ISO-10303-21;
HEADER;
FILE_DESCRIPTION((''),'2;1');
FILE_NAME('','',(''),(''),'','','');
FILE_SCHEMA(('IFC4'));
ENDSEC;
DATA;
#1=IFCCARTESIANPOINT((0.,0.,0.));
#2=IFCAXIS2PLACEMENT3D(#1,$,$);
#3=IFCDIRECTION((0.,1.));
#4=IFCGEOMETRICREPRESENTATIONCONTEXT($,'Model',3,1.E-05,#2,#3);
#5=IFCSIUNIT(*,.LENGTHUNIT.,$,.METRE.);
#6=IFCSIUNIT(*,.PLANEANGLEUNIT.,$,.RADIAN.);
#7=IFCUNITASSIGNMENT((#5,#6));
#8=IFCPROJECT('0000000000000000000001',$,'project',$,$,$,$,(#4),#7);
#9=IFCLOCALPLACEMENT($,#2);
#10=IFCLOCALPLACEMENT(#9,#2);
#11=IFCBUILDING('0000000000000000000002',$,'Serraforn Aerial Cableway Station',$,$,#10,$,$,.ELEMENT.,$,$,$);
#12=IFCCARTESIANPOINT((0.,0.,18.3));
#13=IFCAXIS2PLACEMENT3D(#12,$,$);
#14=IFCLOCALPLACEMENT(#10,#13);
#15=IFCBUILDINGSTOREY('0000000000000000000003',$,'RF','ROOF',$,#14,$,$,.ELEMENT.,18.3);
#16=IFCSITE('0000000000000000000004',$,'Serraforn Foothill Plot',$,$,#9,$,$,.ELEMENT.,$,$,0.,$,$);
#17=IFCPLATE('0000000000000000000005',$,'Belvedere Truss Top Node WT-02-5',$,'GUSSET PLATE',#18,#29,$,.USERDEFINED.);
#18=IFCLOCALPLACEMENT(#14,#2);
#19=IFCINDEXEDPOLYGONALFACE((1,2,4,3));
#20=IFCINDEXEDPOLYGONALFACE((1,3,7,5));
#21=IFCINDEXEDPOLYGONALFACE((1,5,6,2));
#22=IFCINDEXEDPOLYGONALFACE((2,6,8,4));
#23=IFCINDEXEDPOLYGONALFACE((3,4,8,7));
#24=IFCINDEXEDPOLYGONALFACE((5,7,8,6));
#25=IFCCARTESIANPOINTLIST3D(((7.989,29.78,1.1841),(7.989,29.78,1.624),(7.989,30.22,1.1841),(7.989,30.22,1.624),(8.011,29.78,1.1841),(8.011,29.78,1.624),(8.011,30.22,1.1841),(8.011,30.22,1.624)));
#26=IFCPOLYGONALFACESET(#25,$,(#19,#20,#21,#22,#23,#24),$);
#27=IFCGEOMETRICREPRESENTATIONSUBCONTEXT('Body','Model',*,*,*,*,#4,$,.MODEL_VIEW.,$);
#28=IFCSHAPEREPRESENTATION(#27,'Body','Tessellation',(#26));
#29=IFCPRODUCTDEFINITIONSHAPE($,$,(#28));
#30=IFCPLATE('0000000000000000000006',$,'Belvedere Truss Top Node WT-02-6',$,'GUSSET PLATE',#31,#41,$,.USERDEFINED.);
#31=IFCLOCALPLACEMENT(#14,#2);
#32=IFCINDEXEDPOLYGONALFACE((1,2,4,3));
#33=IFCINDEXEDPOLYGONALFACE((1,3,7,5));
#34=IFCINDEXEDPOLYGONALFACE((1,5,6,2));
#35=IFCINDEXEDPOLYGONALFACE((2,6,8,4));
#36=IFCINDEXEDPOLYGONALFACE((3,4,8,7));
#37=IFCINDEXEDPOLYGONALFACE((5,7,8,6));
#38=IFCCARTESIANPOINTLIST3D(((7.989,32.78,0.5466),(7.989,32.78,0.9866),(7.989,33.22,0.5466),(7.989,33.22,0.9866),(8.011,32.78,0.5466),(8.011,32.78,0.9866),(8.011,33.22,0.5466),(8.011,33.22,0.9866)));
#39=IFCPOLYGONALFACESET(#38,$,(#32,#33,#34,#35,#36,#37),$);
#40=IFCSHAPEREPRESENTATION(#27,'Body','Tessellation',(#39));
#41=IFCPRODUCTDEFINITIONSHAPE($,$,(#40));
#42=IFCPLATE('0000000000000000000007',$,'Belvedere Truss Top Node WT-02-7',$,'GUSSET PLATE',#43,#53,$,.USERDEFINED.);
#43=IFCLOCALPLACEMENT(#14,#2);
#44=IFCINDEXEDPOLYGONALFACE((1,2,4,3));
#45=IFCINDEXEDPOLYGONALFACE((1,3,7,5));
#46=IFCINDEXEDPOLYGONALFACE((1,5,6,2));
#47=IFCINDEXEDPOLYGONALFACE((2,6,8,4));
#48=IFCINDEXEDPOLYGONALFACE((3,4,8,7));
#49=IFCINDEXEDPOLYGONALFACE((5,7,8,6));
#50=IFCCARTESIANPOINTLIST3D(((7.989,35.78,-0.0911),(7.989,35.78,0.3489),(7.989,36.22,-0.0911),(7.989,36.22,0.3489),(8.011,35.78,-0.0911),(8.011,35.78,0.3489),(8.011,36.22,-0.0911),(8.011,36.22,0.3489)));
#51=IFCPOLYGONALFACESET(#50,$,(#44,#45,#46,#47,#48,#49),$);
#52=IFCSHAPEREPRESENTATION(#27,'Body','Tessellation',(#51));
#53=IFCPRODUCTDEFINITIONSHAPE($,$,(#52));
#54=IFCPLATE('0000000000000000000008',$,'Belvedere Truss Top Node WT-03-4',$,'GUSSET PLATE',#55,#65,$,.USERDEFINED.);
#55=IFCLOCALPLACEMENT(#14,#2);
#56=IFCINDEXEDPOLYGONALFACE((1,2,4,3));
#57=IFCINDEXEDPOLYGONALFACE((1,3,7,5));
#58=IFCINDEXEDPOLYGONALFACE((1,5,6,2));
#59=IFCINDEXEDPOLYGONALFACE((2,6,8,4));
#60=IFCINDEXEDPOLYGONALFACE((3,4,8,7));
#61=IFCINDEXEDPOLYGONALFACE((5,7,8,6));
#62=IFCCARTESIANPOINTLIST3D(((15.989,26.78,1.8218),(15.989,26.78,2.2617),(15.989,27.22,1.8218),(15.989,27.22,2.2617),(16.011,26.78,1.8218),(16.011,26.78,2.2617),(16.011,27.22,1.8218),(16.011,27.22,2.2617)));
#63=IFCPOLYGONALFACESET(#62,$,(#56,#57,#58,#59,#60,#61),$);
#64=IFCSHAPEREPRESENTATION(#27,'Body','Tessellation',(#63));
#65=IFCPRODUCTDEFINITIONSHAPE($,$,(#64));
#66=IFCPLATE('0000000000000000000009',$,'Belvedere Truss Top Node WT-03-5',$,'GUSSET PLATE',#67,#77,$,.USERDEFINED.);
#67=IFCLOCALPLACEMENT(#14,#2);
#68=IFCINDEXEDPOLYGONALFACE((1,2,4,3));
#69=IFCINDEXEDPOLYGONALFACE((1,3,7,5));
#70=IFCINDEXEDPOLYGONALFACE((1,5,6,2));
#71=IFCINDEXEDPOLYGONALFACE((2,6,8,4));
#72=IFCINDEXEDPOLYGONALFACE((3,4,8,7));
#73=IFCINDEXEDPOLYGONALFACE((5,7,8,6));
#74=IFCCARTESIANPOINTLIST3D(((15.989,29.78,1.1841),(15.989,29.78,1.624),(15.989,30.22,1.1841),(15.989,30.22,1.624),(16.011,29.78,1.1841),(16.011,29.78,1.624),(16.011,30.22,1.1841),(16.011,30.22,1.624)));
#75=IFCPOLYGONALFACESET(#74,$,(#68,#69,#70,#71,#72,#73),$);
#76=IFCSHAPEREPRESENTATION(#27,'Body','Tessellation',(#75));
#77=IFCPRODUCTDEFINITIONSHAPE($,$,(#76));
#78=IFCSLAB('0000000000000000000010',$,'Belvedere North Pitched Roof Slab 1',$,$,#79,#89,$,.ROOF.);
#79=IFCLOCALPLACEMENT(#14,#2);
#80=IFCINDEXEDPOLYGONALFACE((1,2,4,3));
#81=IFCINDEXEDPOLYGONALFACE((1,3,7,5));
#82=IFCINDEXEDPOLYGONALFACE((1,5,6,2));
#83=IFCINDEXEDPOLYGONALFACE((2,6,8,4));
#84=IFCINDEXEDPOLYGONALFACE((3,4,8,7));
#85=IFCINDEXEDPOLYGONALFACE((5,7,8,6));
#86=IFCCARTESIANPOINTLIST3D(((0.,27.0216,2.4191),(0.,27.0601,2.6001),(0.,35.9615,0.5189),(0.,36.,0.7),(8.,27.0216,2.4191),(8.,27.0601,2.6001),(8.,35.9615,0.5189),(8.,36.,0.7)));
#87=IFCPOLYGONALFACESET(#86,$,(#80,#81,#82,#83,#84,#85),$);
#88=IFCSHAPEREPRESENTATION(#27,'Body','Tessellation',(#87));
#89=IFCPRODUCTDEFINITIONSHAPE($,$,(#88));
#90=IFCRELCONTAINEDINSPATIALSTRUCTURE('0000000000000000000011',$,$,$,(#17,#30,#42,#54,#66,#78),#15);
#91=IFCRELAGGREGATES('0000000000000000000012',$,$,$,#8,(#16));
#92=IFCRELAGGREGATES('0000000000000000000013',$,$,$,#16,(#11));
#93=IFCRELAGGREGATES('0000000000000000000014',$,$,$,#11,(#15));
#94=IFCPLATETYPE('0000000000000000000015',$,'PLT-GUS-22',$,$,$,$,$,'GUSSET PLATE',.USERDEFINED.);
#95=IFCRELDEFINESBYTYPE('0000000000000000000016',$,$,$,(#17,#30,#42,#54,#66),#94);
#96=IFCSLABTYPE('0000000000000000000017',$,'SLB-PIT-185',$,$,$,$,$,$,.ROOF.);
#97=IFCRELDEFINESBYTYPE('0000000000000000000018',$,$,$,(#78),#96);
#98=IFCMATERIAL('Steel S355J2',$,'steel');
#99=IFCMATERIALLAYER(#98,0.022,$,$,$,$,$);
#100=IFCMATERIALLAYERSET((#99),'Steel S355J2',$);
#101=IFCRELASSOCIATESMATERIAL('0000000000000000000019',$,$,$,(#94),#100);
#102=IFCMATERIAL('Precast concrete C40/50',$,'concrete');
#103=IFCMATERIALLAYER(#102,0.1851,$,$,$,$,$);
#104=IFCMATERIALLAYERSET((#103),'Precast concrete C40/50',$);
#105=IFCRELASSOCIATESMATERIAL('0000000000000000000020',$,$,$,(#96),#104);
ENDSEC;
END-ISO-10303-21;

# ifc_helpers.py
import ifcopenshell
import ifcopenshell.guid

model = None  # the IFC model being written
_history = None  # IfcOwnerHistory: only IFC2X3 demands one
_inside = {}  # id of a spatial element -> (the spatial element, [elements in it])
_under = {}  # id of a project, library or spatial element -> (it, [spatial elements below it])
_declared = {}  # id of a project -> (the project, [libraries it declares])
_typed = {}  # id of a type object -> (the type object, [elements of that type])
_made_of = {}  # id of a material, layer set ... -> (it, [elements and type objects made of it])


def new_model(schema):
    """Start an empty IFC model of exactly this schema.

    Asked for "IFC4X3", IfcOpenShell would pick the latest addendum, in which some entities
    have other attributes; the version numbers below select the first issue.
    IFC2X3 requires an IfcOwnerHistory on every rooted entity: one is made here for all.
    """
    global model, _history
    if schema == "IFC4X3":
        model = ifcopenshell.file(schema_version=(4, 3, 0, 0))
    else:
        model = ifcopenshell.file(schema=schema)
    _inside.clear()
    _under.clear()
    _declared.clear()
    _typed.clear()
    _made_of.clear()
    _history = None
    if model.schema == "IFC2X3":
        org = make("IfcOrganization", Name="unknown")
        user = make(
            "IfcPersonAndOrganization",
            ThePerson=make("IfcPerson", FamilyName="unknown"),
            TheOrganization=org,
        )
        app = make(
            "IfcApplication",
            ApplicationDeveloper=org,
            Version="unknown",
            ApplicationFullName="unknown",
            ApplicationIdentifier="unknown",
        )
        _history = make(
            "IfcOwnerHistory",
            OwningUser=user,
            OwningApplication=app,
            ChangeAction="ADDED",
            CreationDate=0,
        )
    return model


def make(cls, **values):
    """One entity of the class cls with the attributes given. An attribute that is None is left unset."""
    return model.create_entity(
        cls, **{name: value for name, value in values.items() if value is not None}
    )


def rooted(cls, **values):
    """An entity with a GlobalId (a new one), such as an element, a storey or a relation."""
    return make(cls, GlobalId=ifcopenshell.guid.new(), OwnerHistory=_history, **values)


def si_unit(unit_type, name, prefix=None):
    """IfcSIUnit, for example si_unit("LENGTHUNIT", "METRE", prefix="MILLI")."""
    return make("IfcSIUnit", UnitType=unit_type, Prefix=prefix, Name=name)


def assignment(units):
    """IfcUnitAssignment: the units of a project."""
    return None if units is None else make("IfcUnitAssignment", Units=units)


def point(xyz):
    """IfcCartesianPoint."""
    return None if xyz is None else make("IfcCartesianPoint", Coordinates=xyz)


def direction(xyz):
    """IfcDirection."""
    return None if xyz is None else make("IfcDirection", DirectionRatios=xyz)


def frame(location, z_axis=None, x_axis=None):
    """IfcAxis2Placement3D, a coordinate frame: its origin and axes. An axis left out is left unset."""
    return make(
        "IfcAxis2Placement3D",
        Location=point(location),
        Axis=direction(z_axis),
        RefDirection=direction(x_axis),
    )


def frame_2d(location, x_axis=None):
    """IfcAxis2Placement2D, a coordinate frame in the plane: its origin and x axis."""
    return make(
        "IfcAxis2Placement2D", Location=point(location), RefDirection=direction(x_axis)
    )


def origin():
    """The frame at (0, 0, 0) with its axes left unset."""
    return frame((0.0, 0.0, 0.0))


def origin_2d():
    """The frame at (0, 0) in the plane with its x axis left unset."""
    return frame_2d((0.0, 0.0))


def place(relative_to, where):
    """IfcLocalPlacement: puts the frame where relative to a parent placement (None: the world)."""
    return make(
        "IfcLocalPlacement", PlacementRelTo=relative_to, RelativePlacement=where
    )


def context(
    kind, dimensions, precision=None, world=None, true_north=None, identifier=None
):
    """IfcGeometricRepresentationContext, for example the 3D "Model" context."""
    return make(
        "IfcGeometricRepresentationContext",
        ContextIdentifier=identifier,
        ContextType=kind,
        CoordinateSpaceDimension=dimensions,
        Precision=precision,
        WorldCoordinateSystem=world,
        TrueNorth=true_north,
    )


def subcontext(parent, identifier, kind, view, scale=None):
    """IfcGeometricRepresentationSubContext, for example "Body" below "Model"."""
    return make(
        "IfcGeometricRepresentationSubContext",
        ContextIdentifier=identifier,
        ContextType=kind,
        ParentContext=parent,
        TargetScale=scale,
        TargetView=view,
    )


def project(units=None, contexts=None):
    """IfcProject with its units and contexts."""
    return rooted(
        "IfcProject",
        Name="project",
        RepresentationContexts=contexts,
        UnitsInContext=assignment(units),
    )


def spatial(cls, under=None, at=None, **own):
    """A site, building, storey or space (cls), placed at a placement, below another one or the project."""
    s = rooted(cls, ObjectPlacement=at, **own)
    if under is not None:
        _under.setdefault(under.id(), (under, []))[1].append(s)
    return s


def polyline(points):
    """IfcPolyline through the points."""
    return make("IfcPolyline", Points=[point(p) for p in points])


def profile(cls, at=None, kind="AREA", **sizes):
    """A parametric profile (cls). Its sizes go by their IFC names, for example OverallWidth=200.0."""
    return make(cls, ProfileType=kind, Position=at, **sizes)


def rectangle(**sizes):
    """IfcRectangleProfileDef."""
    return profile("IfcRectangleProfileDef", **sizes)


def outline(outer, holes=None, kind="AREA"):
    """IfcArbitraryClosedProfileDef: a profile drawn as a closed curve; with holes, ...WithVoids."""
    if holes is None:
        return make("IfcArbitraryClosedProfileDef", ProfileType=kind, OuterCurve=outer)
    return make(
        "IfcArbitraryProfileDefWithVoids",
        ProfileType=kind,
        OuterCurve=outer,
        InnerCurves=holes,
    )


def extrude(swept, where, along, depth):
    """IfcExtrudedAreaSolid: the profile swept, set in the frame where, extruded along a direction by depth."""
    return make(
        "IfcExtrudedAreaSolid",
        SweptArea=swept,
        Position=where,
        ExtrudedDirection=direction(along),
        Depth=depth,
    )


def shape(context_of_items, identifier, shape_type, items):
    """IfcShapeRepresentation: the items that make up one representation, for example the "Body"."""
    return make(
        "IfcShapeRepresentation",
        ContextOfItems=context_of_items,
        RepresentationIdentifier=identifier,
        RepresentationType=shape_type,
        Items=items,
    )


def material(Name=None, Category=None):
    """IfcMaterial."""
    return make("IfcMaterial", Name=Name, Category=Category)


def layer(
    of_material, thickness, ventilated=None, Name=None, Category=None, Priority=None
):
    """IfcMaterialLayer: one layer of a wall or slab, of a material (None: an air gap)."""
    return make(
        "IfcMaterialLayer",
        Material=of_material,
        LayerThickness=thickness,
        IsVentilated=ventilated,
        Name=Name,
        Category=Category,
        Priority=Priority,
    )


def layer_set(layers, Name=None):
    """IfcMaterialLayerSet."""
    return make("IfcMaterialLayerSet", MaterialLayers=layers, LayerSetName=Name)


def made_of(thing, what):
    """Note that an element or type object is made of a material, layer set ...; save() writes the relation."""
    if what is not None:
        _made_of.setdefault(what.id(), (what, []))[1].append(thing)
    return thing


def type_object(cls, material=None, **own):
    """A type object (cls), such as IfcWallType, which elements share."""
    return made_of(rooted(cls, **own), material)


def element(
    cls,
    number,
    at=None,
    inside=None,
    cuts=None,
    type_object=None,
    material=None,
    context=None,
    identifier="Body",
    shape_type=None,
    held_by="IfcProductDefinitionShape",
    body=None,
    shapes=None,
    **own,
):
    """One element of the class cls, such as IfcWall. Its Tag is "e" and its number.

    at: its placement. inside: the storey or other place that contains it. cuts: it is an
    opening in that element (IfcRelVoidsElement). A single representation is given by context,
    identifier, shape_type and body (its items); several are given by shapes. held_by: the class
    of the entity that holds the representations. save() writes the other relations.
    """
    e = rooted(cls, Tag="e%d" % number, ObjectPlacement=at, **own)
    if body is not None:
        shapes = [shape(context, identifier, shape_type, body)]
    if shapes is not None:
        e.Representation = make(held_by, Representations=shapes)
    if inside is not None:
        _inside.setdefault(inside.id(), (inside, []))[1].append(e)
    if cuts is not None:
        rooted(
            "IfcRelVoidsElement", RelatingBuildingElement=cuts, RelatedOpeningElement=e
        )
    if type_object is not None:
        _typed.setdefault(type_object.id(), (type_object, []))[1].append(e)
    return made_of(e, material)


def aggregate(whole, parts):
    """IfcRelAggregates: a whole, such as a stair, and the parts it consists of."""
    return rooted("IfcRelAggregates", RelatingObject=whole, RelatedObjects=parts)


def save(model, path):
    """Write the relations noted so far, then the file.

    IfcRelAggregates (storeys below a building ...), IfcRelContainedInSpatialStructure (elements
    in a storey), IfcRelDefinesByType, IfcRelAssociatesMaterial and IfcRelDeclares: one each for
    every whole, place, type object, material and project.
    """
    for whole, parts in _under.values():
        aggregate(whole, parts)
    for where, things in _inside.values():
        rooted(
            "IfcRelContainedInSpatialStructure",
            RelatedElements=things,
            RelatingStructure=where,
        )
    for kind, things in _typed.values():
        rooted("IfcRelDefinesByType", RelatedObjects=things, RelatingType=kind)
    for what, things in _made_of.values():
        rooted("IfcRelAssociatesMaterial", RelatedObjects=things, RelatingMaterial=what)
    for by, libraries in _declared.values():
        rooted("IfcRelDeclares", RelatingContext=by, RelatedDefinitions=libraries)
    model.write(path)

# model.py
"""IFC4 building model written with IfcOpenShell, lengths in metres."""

from ifc_helpers import new_model, si_unit, direction, frame, origin, origin_2d, place, context, subcontext, project, spatial, polyline, rectangle, outline, extrude, material, layer, layer_set, type_object, element, save


model = new_model("IFC4")

# Units and contexts
model_context = context("Model", 3, precision=1e-05, world=origin(), true_north=direction((0.0, 1.0)))
body_context = subcontext(model_context, "Body", "Model", "MODEL_VIEW")
ifc_project = project(units=[si_unit("LENGTHUNIT", "METRE"), si_unit("PLANEANGLEUNIT", "RADIAN")], contexts=[model_context])

# Site, building, storey
site_placement = place(None, origin())
site = spatial("IfcSite", under=ifc_project, at=site_placement, Name="Serraforn Foothill Plot", CompositionType="ELEMENT", RefElevation=0.0)
building_placement = place(site_placement, origin())
building = spatial("IfcBuilding", under=site, at=building_placement, Name="Serraforn Aerial Cableway Station", CompositionType="ELEMENT")
storey_placement = place(building_placement, frame((0.0, 0.0, 18.3)))
storey = spatial("IfcBuildingStorey", under=building, at=storey_placement, Name="RF", Description="ROOF", CompositionType="ELEMENT", Elevation=18.3)

# Shared definitions
ifc_material_1 = material(Name="Steel S355J2", Category="steel")

# Plates
ifc_layer_1 = layer(ifc_material_1, 0.022)
ifc_layer_set_1 = layer_set([ifc_layer_1], Name="Steel S355J2")
plate_type_1 = type_object("IfcPlateType", Name="PLT-GUS-22", ElementType="GUSSET PLATE", PredefinedType="USERDEFINED", material=ifc_layer_set_1)
for number, where, z_axis, x_axis, name in (
    (1, (8.0, 30.0, 1.1841), (0.0, 0.0, 1.0), (1.0, 0.0, 0.0), "Belvedere Truss Top Node WT-02-5"),
    (2, (8.0, 33.0, 0.5466), (0.0, 0.0, 1.0), (1.0, 0.0, 0.0), "Belvedere Truss Top Node WT-02-6"),
    (3, (8.0, 36.0, -0.0911), (0.0, 0.0, 1.0), (1.0, 0.0, 0.0), "Belvedere Truss Top Node WT-02-7"),
    (4, (16.0, 27.0, 1.8218), (0.0, 0.0, 1.0), (1.0, 0.0, 0.0), "Belvedere Truss Top Node WT-03-4"),
    (5, (16.0, 30.0, 1.1841), (0.0, 0.0, 1.0), (1.0, 0.0, 0.0), "Belvedere Truss Top Node WT-03-5"),
):
    element("IfcPlate", number, at=place(storey_placement, frame(where, z_axis=z_axis, x_axis=x_axis)), inside=storey, type_object=plate_type_1, Name=name, ObjectType="GUSSET PLATE", PredefinedType="USERDEFINED", context=body_context, shape_type="SweptSolid", body=[
        extrude(rectangle(XDim=0.022, YDim=0.4399, at=origin_2d()), origin(), (0.0, 0.0, 1.0), 0.4399),
    ])

# Slab
ifc_material_2 = material(Name="Precast concrete C40/50", Category="concrete")
ifc_layer_2 = layer(ifc_material_2, 0.1851)
ifc_layer_set_2 = layer_set([ifc_layer_2], Name="Precast concrete C40/50")
slab_type = type_object("IfcSlabType", Name="SLB-PIT-185", PredefinedType="ROOF", material=ifc_layer_set_2)
slab_placement = place(storey_placement, frame((8.0, 36.0, 0.7), z_axis=(0.0, 0.207902, 0.97815), x_axis=(-1.0, 0.0, 0.0)))
element("IfcSlab", 6, at=slab_placement, inside=storey, type_object=slab_type, Name="Belvedere North Pitched Roof Slab 1", PredefinedType="ROOF", context=body_context, shape_type="SweptSolid", body=[
    extrude(outline(polyline([(0.0, 0.0), (8.0, 0.0), (8.0, 9.1396), (0.0, 9.1396), (0.0, 0.0)])), origin(), (0.0, 0.0, -1.0), 0.1851),
])

save(model, "model.ifc")
